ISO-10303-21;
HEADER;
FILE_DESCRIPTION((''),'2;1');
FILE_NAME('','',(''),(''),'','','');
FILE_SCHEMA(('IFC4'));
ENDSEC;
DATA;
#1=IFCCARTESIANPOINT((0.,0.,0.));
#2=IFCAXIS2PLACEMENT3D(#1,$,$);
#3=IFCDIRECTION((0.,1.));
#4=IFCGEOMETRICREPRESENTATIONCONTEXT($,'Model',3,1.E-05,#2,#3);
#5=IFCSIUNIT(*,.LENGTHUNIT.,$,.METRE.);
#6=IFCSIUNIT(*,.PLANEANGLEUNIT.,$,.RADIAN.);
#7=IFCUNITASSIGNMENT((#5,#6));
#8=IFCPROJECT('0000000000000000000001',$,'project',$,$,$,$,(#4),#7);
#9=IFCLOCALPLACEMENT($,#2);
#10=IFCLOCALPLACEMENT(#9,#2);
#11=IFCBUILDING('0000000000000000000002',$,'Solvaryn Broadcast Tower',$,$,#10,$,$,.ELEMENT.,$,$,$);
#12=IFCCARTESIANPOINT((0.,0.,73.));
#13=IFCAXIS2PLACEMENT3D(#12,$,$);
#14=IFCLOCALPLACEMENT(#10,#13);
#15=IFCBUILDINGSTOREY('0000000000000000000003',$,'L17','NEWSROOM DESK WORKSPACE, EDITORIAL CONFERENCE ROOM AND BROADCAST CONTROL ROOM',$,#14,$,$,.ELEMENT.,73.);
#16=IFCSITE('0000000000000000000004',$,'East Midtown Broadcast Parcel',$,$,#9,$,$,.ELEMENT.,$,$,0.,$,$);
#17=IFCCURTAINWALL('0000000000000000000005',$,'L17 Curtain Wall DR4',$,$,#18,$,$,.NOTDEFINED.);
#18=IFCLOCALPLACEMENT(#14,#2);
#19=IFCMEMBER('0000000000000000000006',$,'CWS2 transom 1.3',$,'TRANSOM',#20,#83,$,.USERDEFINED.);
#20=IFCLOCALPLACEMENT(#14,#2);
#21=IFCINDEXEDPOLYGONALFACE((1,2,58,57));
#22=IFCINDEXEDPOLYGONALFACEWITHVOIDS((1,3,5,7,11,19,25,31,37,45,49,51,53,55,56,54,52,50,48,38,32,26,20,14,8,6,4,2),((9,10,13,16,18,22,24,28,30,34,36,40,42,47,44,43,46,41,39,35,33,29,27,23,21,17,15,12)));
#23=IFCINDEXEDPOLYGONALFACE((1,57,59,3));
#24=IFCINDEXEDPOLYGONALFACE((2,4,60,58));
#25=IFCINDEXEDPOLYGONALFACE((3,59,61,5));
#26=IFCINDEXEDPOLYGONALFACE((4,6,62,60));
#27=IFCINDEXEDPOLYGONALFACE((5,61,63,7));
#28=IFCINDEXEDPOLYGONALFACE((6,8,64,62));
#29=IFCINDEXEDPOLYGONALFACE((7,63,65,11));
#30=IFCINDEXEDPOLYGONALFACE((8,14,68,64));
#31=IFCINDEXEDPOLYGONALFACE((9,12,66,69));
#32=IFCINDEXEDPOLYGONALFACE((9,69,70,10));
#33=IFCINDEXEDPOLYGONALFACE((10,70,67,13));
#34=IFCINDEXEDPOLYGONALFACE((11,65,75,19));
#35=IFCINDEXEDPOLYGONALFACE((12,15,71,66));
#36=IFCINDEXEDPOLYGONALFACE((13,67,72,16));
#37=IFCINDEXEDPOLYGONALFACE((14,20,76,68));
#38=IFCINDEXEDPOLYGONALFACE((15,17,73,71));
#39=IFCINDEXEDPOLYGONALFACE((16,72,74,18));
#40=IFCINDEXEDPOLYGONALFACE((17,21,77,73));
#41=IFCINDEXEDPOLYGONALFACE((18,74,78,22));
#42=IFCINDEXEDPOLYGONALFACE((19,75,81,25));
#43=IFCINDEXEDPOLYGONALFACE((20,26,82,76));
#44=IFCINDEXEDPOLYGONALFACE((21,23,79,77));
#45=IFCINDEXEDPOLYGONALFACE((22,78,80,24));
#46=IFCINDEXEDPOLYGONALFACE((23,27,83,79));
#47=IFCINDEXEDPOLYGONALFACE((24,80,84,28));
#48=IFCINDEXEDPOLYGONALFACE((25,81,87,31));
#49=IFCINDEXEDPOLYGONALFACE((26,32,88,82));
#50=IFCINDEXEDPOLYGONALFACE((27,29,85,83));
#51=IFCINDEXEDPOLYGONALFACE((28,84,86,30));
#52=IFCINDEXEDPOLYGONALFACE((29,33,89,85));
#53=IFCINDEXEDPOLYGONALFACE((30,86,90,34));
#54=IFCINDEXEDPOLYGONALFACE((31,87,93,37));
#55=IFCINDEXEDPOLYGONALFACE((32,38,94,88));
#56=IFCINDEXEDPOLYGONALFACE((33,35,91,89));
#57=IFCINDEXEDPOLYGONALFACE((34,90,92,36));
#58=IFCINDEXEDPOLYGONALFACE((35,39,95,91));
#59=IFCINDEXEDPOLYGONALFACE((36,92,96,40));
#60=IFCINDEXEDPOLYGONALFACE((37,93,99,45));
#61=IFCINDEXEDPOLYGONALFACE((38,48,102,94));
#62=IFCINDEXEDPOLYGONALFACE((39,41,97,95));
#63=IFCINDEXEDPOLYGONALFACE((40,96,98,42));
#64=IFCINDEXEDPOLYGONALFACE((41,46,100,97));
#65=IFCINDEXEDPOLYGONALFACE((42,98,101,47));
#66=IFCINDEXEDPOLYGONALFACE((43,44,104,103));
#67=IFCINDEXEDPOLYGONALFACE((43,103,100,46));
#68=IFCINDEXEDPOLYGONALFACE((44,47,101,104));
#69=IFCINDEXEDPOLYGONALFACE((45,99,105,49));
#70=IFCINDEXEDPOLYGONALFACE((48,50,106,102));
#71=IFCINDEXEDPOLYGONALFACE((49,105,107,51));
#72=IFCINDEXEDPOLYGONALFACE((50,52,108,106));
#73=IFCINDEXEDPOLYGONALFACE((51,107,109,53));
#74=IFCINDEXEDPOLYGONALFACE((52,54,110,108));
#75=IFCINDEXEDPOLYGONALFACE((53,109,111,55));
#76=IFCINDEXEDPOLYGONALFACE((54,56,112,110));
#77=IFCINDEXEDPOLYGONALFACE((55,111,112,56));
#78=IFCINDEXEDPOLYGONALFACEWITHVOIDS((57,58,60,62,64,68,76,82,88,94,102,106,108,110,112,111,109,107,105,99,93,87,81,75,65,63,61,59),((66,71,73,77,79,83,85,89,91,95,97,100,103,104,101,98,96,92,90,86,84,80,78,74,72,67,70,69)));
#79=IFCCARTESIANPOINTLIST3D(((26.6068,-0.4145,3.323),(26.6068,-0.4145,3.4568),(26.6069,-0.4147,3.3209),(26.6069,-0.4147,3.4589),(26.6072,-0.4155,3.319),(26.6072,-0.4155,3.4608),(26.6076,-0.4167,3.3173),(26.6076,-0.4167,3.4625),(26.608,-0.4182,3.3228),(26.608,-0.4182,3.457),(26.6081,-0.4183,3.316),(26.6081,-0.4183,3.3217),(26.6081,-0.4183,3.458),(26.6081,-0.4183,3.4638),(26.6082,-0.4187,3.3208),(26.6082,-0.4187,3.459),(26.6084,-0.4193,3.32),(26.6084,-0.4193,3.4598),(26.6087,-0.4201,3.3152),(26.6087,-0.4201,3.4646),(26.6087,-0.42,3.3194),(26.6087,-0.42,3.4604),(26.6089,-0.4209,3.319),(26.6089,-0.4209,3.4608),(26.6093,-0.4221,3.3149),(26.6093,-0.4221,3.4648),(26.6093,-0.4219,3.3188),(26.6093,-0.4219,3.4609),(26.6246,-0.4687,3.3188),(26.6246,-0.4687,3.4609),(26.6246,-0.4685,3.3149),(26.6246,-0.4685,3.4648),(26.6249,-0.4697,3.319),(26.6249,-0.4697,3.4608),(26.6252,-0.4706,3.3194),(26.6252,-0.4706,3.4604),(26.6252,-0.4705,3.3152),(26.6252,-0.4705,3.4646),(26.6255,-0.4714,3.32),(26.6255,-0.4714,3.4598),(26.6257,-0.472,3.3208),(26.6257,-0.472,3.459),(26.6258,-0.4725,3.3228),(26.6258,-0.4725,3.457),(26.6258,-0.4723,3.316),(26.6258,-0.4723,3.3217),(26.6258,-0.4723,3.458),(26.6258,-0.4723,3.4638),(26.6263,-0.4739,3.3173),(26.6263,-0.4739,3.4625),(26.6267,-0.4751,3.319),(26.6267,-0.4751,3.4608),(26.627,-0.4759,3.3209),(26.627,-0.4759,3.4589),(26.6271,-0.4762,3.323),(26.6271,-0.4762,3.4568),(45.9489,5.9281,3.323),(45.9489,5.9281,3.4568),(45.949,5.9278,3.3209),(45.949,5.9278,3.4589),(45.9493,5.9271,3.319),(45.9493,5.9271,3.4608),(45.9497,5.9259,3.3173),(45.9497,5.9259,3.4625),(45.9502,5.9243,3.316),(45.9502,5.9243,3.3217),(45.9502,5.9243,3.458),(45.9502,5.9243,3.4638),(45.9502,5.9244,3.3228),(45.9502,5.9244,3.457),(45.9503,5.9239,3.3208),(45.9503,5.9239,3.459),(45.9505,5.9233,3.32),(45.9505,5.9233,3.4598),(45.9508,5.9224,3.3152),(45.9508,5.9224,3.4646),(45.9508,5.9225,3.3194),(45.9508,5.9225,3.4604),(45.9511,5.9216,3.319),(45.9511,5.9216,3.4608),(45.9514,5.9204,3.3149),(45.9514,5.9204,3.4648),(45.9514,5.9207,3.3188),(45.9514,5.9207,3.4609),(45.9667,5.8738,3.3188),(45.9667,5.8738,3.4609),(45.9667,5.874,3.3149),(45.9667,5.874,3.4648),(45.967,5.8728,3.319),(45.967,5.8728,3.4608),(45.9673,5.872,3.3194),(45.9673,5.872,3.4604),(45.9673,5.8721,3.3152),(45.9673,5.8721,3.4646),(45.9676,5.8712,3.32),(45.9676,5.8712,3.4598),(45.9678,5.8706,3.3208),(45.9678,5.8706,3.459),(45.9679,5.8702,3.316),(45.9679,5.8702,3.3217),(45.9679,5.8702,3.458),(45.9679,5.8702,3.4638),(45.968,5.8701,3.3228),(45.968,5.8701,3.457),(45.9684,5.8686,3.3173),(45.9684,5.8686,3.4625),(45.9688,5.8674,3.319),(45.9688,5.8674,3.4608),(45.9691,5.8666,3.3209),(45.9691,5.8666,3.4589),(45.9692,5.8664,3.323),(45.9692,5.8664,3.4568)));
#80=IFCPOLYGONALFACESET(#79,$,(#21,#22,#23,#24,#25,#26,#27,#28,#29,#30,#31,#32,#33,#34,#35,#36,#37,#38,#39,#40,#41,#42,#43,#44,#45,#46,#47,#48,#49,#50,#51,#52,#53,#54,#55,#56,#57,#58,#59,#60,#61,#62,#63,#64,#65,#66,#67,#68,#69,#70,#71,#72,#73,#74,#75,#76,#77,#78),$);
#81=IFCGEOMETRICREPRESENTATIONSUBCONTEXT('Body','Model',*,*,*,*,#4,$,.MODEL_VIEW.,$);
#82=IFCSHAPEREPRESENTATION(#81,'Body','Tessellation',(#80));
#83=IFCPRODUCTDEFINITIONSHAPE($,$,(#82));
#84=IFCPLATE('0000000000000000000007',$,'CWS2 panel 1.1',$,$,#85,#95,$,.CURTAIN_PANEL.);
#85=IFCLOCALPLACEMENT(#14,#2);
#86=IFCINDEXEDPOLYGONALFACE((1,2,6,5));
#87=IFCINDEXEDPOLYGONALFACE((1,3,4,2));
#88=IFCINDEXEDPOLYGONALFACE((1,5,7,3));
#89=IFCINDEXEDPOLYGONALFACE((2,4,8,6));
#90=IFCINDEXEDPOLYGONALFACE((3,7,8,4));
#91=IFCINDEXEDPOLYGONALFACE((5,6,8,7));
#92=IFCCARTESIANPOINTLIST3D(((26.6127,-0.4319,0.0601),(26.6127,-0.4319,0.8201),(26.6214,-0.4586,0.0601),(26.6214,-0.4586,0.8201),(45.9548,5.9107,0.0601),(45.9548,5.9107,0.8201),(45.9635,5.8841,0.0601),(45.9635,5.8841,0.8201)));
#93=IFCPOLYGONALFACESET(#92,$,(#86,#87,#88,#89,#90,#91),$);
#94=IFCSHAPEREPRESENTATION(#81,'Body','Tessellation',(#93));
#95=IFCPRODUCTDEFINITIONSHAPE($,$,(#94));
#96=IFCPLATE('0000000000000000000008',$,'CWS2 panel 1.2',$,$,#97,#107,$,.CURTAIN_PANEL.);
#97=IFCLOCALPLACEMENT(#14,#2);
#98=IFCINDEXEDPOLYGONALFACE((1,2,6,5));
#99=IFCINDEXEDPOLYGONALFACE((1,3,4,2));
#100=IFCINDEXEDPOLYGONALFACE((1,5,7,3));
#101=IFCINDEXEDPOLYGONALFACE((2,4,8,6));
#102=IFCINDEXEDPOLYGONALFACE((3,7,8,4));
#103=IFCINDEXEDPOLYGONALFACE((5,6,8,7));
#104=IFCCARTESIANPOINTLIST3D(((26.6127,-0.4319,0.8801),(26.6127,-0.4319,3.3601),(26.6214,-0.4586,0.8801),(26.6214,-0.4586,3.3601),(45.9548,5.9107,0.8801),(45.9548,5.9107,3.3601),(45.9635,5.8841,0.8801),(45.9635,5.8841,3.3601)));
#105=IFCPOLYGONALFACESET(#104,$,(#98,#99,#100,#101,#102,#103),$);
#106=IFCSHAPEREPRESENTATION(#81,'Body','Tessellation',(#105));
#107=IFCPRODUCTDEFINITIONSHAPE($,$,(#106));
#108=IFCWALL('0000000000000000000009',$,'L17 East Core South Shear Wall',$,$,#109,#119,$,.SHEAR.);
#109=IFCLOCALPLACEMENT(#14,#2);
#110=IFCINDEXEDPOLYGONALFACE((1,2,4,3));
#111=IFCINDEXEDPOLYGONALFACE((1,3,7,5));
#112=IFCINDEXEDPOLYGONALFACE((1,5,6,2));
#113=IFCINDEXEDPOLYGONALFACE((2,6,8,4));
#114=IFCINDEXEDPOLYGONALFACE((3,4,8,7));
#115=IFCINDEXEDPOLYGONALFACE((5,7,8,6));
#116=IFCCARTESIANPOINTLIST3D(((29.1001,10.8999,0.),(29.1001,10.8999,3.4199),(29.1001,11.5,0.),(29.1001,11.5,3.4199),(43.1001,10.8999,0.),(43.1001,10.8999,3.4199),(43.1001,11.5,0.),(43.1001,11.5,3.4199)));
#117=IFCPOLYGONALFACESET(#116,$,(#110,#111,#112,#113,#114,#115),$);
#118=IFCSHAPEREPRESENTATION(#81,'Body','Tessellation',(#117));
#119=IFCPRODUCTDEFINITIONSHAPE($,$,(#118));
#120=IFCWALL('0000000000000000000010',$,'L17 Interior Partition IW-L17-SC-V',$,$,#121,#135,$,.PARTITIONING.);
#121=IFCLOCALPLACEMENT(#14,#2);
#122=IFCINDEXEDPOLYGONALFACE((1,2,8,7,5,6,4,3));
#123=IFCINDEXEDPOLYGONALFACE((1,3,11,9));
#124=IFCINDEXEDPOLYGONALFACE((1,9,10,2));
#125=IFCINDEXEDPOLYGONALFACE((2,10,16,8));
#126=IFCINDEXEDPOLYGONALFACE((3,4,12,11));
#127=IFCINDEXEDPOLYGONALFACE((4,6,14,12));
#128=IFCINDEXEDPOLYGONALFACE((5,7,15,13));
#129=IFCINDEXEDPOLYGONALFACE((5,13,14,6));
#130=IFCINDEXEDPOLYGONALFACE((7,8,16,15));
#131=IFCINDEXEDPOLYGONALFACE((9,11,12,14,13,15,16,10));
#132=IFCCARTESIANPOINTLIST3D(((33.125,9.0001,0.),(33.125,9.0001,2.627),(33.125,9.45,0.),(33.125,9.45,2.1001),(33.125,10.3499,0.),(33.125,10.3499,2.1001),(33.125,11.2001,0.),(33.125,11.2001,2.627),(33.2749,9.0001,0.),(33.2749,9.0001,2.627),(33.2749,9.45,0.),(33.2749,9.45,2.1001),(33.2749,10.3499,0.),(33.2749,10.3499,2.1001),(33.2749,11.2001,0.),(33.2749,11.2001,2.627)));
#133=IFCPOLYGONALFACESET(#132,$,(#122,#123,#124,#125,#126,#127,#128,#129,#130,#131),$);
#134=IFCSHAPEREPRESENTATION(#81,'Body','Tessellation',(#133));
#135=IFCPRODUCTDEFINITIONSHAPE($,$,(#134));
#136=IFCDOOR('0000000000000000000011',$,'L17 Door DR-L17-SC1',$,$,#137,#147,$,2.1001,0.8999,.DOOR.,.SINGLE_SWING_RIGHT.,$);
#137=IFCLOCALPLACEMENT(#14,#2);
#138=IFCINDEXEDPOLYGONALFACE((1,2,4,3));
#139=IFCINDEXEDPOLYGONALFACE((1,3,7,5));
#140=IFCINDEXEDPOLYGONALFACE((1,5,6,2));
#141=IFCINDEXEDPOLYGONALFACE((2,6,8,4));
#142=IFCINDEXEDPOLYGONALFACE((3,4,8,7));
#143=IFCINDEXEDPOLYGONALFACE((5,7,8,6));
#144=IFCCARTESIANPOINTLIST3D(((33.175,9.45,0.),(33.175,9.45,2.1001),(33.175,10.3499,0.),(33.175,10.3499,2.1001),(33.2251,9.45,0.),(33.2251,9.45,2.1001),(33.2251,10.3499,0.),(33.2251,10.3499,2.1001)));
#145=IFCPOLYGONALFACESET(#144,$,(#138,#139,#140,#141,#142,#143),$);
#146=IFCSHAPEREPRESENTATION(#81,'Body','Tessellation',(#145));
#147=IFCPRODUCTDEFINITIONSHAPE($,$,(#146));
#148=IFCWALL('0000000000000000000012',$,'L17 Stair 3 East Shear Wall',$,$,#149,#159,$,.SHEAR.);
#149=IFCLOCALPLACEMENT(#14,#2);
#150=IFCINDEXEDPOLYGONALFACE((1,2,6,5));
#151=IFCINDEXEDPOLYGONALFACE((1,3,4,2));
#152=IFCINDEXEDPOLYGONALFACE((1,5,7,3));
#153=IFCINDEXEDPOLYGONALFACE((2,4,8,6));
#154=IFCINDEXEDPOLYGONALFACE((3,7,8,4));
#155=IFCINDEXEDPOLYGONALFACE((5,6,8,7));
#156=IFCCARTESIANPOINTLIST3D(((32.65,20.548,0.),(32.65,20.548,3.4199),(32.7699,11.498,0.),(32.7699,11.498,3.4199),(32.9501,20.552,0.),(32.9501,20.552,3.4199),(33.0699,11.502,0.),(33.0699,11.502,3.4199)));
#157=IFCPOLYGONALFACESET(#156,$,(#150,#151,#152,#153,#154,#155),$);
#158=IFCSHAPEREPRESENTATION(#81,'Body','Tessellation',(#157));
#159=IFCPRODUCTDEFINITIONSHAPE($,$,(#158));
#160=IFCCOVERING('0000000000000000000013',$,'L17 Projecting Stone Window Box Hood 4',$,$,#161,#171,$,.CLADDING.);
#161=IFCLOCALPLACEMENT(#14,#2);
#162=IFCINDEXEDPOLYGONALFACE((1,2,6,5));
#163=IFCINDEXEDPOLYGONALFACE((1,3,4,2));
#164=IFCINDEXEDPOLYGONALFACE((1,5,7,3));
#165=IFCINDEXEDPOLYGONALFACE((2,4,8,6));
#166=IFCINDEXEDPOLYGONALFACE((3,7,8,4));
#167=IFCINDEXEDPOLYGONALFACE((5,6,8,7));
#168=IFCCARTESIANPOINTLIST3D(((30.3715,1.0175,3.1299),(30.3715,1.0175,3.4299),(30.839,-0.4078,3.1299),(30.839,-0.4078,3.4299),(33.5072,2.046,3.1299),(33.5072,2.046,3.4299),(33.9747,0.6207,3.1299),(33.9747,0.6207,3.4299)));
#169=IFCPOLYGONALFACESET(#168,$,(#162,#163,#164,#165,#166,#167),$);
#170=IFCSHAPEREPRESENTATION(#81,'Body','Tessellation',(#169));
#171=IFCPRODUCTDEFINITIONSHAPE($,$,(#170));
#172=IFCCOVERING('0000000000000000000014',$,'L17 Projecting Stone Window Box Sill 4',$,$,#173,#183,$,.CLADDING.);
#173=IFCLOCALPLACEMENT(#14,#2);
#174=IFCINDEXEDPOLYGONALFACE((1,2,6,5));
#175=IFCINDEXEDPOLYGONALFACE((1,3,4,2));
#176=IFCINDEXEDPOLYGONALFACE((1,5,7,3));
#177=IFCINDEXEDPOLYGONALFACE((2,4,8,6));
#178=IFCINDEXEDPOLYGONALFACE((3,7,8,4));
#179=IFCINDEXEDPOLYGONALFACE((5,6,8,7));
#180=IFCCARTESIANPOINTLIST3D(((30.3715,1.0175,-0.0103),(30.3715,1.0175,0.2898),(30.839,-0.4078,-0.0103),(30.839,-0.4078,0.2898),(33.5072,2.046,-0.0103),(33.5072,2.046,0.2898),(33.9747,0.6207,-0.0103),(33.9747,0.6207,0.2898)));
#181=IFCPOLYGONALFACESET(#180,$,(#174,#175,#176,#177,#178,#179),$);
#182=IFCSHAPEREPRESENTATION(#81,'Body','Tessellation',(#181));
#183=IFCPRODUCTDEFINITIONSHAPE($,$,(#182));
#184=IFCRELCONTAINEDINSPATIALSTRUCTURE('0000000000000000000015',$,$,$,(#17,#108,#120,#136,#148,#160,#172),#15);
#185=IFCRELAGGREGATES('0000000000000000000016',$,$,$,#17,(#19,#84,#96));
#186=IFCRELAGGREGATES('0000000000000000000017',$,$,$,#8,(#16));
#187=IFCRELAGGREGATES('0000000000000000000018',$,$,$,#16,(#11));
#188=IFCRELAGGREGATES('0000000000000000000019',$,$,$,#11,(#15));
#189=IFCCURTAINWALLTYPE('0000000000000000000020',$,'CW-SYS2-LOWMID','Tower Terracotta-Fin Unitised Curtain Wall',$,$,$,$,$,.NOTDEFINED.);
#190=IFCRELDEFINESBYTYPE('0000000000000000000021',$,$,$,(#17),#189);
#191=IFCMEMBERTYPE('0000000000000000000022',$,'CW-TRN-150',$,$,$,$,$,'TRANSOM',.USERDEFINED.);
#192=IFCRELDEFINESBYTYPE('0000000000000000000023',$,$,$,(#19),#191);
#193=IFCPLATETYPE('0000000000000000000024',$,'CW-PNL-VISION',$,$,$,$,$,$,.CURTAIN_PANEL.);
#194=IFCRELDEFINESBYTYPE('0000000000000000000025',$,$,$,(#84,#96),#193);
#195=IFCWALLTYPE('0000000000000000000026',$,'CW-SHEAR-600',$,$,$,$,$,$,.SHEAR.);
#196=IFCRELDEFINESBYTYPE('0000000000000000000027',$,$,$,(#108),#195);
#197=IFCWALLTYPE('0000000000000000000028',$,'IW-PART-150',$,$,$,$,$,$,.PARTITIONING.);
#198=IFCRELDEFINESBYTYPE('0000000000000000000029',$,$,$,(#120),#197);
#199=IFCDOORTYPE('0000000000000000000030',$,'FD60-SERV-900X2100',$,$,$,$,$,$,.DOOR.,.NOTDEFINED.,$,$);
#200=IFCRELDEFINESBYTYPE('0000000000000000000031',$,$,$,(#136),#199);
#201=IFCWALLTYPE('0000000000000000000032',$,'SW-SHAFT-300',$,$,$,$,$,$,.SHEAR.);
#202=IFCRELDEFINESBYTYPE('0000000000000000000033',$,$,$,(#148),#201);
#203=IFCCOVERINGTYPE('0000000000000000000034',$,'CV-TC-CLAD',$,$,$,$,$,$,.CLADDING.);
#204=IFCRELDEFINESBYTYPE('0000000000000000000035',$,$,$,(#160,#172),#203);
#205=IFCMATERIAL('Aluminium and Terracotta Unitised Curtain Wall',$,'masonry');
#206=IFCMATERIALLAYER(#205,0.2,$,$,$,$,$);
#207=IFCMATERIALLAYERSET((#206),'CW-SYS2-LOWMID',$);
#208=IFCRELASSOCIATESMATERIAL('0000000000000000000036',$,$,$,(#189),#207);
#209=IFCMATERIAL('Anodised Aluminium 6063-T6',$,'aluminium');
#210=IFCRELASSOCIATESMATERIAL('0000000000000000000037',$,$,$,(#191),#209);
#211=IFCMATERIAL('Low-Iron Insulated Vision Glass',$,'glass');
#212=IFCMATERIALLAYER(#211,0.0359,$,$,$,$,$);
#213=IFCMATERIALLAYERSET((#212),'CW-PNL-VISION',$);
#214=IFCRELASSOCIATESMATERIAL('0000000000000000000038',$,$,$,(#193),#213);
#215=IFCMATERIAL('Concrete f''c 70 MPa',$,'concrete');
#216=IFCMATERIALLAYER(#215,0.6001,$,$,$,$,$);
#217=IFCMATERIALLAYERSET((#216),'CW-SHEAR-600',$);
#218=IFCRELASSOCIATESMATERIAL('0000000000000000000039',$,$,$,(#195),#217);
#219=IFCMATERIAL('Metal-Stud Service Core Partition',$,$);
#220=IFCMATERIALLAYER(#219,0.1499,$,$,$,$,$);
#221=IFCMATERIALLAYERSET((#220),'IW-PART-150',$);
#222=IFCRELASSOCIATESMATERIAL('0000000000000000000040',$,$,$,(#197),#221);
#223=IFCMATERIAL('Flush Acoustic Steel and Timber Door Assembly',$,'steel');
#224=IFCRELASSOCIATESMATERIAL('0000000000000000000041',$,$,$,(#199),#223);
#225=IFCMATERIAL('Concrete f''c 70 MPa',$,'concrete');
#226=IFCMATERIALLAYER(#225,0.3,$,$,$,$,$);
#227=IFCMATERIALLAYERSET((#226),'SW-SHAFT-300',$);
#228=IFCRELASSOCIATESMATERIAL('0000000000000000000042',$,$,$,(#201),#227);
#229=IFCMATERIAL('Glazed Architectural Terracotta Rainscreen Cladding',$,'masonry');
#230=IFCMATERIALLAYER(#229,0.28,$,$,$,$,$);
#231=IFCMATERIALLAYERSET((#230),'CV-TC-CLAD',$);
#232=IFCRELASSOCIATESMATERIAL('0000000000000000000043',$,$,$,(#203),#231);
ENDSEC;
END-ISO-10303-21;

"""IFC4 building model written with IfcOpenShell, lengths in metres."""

from ifc_helpers import new_model, si_unit, direction, frame, frame_2d, origin, origin_2d, place, context, subcontext, project, spatial, rectangle, hollow_rectangle, extrude, material, layer, layer_set, material_profile, profile_set, type_object, element, fill, aggregate, save


model = new_model("IFC4")

# Units and contexts
model_context = context("Model", 3, precision=1e-05, world=origin(), true_north=direction((0.0, 1.0)))
body_context = subcontext(model_context, "Body", "Model", "MODEL_VIEW")
ifc_project = project(units=[si_unit("LENGTHUNIT", "METRE"), si_unit("PLANEANGLEUNIT", "RADIAN")], contexts=[model_context])

# Site, building, storey
site_placement = place(None, origin())
site = spatial("IfcSite", under=ifc_project, at=site_placement, Name="East Midtown Broadcast Parcel", CompositionType="ELEMENT", RefElevation=0.0)
building_placement = place(site_placement, origin())
building = spatial("IfcBuilding", under=site, at=building_placement, Name="Solvaryn Broadcast Tower", CompositionType="ELEMENT")
storey_placement = place(building_placement, frame((0.0, 0.0, 73.0)))
storey = spatial("IfcBuildingStorey", under=building, at=storey_placement, Name="L17", Description="NEWSROOM DESK WORKSPACE, EDITORIAL CONFERENCE ROOM AND BROADCAST CONTROL ROOM", CompositionType="ELEMENT", Elevation=73.0)

# Shared definitions
ifc_material_1 = material(Name="Aluminium and Terracotta Unitised Curtain Wall", Category="masonry")
ifc_layer_1 = layer(ifc_material_1, 0.2)
ifc_layer_set_1 = layer_set([ifc_layer_1], Name="CW-SYS2-LOWMID")
curtain_wall_type = type_object("IfcCurtainWallType", Name="CW-SYS2-LOWMID", Description="Tower Terracotta-Fin Unitised Curtain Wall", PredefinedType="NOTDEFINED", material=ifc_layer_set_1)

# Curtain wall, member, plates
curtain_wall_1_placement = place(storey_placement, origin())
curtain_wall_1 = element("IfcCurtainWall", 1, at=curtain_wall_1_placement, inside=storey, type_object=curtain_wall_type, Name="L17 Curtain Wall DR4", PredefinedType="NOTDEFINED")
ifc_material_2 = material(Name="Anodised Aluminium 6063-T6", Category="aluminium")
ifc_material_profile_1 = material_profile(ifc_material_2, hollow_rectangle(XDim=0.0649, YDim=0.1499, WallThickness=0.0039, InnerFilletRadius=0.0039, OuterFilletRadius=0.0081, at=origin_2d()))
ifc_profile_set_1 = profile_set([ifc_material_profile_1], Name="Anodised Aluminium 6063-T6")
member_type_1 = type_object("IfcMemberType", Name="CW-TRN-150", ElementType="TRANSOM", PredefinedType="USERDEFINED", material=ifc_profile_set_1)
member_1_placement = place(storey_placement, frame((26.6169, -0.4453, 3.3899), z_axis=(0.950217, 0.31159, 0.0), x_axis=(-0.31159, 0.950217, 0.0)))
member_1 = element("IfcMember", 2, at=member_1_placement, type_object=member_type_1, Name="CWS2 transom 1.3", ObjectType="TRANSOM", PredefinedType="USERDEFINED", context=body_context, shape_type="SweptSolid", body=[
    extrude(hollow_rectangle(XDim=0.0649, YDim=0.1499, WallThickness=0.0039, InnerFilletRadius=0.0039, OuterFilletRadius=0.0081, at=origin_2d()), origin(), (0.0, 0.0, 1.0), 20.3555),
])
ifc_material_3 = material(Name="Low-Iron Insulated Vision Glass", Category="glass")
ifc_layer_2 = layer(ifc_material_3, 0.0359)
ifc_layer_set_2 = layer_set([ifc_layer_2], Name="CW-PNL-VISION")
plate_type = type_object("IfcPlateType", Name="CW-PNL-VISION", PredefinedType="CURTAIN_PANEL", material=ifc_layer_set_2)
plate_1_placement = place(storey_placement, frame((36.2881, 2.7261, 0.0601), z_axis=(0.0, 0.0, 1.0), x_axis=(0.950215, 0.311594, 0.0)))
plate_1 = element("IfcPlate", 3, at=plate_1_placement, type_object=plate_type, Name="CWS2 panel 1.1", PredefinedType="CURTAIN_PANEL", context=body_context, shape_type="SweptSolid", body=[
    extrude(rectangle(XDim=20.3555, YDim=0.0281, at=origin_2d()), origin(), (0.0, 0.0, 1.0), 0.76),
])
plate_2_placement = place(storey_placement, frame((36.2881, 2.7261, 0.8801), z_axis=(0.0, 0.0, 1.0), x_axis=(0.950215, 0.311594, 0.0)))
plate_2 = element("IfcPlate", 4, at=plate_2_placement, type_object=plate_type, Name="CWS2 panel 1.2", PredefinedType="CURTAIN_PANEL", context=body_context, shape_type="SweptSolid", body=[
    extrude(rectangle(XDim=20.3555, YDim=0.0281, at=origin_2d()), origin(), (0.0, 0.0, 1.0), 2.48),
])
aggregate(curtain_wall_1, [member_1, plate_1, plate_2])

# Wall
ifc_material_4 = material(Name="Concrete f'c 70 MPa", Category="concrete")
ifc_layer_3 = layer(ifc_material_4, 0.6001)
ifc_layer_set_3 = layer_set([ifc_layer_3], Name="CW-SHEAR-600")
wall_type_1 = type_object("IfcWallType", Name="CW-SHEAR-600", PredefinedType="SHEAR", material=ifc_layer_set_3)
wall_1_placement = place(storey_placement, frame((29.1001, 11.2, 0.0), z_axis=(0.0, 0.0, 1.0), x_axis=(1.0, 0.0, 0.0)))
element("IfcWall", 5, at=wall_1_placement, inside=storey, type_object=wall_type_1, Name="L17 East Core South Shear Wall", PredefinedType="SHEAR", context=body_context, shape_type="SweptSolid", body=[
    extrude(rectangle(XDim=14.0, YDim=0.6001, at=frame_2d((7.0, 0.0))), origin(), (0.0, 0.0, 1.0), 3.4199),
])

# Wall, opening, door
ifc_material_5 = material(Name="Metal-Stud Service Core Partition")
ifc_layer_4 = layer(ifc_material_5, 0.1499)
ifc_layer_set_4 = layer_set([ifc_layer_4], Name="IW-PART-150")
wall_type_2 = type_object("IfcWallType", Name="IW-PART-150", PredefinedType="PARTITIONING", material=ifc_layer_set_4)
wall_2_placement = place(storey_placement, frame((33.2, 9.0, 0.0), z_axis=(0.0, 0.0, 1.0), x_axis=(0.0, 1.0, 0.0)))
wall_2 = element("IfcWall", 6, at=wall_2_placement, inside=storey, type_object=wall_type_2, Name="L17 Interior Partition IW-L17-SC-V", PredefinedType="PARTITIONING", context=body_context, shape_type="SweptSolid", body=[
    extrude(rectangle(XDim=2.2, YDim=0.1499, at=frame_2d((1.1001, 0.0))), origin(), (0.0, 0.0, 1.0), 2.627),
])
opening_placement = place(wall_2_placement, frame((0.45, 0.0, 0.0)))
opening = element("IfcOpeningElement", 7, at=opening_placement, cuts=wall_2, PredefinedType="OPENING", context=body_context, shape_type="SweptSolid", body=[
    extrude(rectangle(XDim=0.8999, YDim=2.1001, at=frame_2d((0.45, 1.05))), frame((0.0, 0.085, 0.0), z_axis=(0.0, -1.0, 0.0), x_axis=(1.0, 0.0, 0.0)), (0.0, 0.0, 1.0), 0.1699),
])
ifc_material_6 = material(Name="Flush Acoustic Steel and Timber Door Assembly", Category="steel")
door_type = type_object("IfcDoorType", Name="FD60-SERV-900X2100", OperationType="NOTDEFINED", PredefinedType="DOOR", material=ifc_material_6)
door_placement = place(opening_placement, origin())
door = element("IfcDoor", 8, at=door_placement, inside=storey, type_object=door_type, Name="L17 Door DR-L17-SC1", OperationType="SINGLE_SWING_RIGHT", OverallHeight=2.1001, OverallWidth=0.8999, PredefinedType="DOOR", context=body_context, shape_type="SweptSolid", body=[
    extrude(rectangle(XDim=0.8999, YDim=2.1001, at=frame_2d((0.45, 1.05))), frame((0.0, 0.0249, 0.0), z_axis=(0.0, -1.0, 0.0), x_axis=(1.0, 0.0, 0.0)), (0.0, 0.0, 1.0), 0.05),
])
fill(opening, door)

# Wall
ifc_material_7 = material(Name="Concrete f'c 70 MPa", Category="concrete")
ifc_layer_5 = layer(ifc_material_7, 0.3)
ifc_layer_set_5 = layer_set([ifc_layer_5], Name="SW-SHAFT-300")
wall_type_3 = type_object("IfcWallType", Name="SW-SHAFT-300", PredefinedType="SHEAR", material=ifc_layer_set_5)
wall_3_placement = place(storey_placement, frame((32.9199, 11.5, 0.0), z_axis=(0.0, 0.0, 1.0), x_axis=(-0.013244, 0.999912, 0.0)))
element("IfcWall", 9, at=wall_3_placement, inside=storey, type_object=wall_type_3, Name="L17 Stair 3 East Shear Wall", PredefinedType="SHEAR", context=body_context, shape_type="SweptSolid", body=[
    extrude(rectangle(XDim=9.0508, YDim=0.3, at=frame_2d((4.5254, 0.0))), origin(), (0.0, 0.0, 1.0), 3.4199),
])

# Coverings
ifc_material_8 = material(Name="Glazed Architectural Terracotta Rainscreen Cladding", Category="masonry")
ifc_layer_6 = layer(ifc_material_8, 0.28)
ifc_layer_set_6 = layer_set([ifc_layer_6], Name="CV-TC-CLAD")
covering_type_1 = type_object("IfcCoveringType", Name="CV-TC-CLAD", PredefinedType="CLADDING", material=ifc_layer_set_6)
for number, where, z_axis, x_axis, name in (
    (10, (32.1731, 0.8191, 3.1299), (0.0, 0.0, 1.0), (0.95019, 0.311672, 0.0), "L17 Projecting Stone Window Box Hood 4"),
    (11, (32.1731, 0.8191, -0.0103), (0.0, 0.0, 1.0), (0.95019, 0.311672, 0.0), "L17 Projecting Stone Window Box Sill 4"),
):
    element("IfcCovering", number, at=place(storey_placement, frame(where, z_axis=z_axis, x_axis=x_axis)), inside=storey, type_object=covering_type_1, Name=name, PredefinedType="CLADDING", context=body_context, shape_type="SweptSolid", body=[
        extrude(rectangle(XDim=3.3, YDim=1.5, at=origin_2d()), origin(), (0.0, 0.0, 1.0), 0.3),
    ])

save(model, "model.ifc")
